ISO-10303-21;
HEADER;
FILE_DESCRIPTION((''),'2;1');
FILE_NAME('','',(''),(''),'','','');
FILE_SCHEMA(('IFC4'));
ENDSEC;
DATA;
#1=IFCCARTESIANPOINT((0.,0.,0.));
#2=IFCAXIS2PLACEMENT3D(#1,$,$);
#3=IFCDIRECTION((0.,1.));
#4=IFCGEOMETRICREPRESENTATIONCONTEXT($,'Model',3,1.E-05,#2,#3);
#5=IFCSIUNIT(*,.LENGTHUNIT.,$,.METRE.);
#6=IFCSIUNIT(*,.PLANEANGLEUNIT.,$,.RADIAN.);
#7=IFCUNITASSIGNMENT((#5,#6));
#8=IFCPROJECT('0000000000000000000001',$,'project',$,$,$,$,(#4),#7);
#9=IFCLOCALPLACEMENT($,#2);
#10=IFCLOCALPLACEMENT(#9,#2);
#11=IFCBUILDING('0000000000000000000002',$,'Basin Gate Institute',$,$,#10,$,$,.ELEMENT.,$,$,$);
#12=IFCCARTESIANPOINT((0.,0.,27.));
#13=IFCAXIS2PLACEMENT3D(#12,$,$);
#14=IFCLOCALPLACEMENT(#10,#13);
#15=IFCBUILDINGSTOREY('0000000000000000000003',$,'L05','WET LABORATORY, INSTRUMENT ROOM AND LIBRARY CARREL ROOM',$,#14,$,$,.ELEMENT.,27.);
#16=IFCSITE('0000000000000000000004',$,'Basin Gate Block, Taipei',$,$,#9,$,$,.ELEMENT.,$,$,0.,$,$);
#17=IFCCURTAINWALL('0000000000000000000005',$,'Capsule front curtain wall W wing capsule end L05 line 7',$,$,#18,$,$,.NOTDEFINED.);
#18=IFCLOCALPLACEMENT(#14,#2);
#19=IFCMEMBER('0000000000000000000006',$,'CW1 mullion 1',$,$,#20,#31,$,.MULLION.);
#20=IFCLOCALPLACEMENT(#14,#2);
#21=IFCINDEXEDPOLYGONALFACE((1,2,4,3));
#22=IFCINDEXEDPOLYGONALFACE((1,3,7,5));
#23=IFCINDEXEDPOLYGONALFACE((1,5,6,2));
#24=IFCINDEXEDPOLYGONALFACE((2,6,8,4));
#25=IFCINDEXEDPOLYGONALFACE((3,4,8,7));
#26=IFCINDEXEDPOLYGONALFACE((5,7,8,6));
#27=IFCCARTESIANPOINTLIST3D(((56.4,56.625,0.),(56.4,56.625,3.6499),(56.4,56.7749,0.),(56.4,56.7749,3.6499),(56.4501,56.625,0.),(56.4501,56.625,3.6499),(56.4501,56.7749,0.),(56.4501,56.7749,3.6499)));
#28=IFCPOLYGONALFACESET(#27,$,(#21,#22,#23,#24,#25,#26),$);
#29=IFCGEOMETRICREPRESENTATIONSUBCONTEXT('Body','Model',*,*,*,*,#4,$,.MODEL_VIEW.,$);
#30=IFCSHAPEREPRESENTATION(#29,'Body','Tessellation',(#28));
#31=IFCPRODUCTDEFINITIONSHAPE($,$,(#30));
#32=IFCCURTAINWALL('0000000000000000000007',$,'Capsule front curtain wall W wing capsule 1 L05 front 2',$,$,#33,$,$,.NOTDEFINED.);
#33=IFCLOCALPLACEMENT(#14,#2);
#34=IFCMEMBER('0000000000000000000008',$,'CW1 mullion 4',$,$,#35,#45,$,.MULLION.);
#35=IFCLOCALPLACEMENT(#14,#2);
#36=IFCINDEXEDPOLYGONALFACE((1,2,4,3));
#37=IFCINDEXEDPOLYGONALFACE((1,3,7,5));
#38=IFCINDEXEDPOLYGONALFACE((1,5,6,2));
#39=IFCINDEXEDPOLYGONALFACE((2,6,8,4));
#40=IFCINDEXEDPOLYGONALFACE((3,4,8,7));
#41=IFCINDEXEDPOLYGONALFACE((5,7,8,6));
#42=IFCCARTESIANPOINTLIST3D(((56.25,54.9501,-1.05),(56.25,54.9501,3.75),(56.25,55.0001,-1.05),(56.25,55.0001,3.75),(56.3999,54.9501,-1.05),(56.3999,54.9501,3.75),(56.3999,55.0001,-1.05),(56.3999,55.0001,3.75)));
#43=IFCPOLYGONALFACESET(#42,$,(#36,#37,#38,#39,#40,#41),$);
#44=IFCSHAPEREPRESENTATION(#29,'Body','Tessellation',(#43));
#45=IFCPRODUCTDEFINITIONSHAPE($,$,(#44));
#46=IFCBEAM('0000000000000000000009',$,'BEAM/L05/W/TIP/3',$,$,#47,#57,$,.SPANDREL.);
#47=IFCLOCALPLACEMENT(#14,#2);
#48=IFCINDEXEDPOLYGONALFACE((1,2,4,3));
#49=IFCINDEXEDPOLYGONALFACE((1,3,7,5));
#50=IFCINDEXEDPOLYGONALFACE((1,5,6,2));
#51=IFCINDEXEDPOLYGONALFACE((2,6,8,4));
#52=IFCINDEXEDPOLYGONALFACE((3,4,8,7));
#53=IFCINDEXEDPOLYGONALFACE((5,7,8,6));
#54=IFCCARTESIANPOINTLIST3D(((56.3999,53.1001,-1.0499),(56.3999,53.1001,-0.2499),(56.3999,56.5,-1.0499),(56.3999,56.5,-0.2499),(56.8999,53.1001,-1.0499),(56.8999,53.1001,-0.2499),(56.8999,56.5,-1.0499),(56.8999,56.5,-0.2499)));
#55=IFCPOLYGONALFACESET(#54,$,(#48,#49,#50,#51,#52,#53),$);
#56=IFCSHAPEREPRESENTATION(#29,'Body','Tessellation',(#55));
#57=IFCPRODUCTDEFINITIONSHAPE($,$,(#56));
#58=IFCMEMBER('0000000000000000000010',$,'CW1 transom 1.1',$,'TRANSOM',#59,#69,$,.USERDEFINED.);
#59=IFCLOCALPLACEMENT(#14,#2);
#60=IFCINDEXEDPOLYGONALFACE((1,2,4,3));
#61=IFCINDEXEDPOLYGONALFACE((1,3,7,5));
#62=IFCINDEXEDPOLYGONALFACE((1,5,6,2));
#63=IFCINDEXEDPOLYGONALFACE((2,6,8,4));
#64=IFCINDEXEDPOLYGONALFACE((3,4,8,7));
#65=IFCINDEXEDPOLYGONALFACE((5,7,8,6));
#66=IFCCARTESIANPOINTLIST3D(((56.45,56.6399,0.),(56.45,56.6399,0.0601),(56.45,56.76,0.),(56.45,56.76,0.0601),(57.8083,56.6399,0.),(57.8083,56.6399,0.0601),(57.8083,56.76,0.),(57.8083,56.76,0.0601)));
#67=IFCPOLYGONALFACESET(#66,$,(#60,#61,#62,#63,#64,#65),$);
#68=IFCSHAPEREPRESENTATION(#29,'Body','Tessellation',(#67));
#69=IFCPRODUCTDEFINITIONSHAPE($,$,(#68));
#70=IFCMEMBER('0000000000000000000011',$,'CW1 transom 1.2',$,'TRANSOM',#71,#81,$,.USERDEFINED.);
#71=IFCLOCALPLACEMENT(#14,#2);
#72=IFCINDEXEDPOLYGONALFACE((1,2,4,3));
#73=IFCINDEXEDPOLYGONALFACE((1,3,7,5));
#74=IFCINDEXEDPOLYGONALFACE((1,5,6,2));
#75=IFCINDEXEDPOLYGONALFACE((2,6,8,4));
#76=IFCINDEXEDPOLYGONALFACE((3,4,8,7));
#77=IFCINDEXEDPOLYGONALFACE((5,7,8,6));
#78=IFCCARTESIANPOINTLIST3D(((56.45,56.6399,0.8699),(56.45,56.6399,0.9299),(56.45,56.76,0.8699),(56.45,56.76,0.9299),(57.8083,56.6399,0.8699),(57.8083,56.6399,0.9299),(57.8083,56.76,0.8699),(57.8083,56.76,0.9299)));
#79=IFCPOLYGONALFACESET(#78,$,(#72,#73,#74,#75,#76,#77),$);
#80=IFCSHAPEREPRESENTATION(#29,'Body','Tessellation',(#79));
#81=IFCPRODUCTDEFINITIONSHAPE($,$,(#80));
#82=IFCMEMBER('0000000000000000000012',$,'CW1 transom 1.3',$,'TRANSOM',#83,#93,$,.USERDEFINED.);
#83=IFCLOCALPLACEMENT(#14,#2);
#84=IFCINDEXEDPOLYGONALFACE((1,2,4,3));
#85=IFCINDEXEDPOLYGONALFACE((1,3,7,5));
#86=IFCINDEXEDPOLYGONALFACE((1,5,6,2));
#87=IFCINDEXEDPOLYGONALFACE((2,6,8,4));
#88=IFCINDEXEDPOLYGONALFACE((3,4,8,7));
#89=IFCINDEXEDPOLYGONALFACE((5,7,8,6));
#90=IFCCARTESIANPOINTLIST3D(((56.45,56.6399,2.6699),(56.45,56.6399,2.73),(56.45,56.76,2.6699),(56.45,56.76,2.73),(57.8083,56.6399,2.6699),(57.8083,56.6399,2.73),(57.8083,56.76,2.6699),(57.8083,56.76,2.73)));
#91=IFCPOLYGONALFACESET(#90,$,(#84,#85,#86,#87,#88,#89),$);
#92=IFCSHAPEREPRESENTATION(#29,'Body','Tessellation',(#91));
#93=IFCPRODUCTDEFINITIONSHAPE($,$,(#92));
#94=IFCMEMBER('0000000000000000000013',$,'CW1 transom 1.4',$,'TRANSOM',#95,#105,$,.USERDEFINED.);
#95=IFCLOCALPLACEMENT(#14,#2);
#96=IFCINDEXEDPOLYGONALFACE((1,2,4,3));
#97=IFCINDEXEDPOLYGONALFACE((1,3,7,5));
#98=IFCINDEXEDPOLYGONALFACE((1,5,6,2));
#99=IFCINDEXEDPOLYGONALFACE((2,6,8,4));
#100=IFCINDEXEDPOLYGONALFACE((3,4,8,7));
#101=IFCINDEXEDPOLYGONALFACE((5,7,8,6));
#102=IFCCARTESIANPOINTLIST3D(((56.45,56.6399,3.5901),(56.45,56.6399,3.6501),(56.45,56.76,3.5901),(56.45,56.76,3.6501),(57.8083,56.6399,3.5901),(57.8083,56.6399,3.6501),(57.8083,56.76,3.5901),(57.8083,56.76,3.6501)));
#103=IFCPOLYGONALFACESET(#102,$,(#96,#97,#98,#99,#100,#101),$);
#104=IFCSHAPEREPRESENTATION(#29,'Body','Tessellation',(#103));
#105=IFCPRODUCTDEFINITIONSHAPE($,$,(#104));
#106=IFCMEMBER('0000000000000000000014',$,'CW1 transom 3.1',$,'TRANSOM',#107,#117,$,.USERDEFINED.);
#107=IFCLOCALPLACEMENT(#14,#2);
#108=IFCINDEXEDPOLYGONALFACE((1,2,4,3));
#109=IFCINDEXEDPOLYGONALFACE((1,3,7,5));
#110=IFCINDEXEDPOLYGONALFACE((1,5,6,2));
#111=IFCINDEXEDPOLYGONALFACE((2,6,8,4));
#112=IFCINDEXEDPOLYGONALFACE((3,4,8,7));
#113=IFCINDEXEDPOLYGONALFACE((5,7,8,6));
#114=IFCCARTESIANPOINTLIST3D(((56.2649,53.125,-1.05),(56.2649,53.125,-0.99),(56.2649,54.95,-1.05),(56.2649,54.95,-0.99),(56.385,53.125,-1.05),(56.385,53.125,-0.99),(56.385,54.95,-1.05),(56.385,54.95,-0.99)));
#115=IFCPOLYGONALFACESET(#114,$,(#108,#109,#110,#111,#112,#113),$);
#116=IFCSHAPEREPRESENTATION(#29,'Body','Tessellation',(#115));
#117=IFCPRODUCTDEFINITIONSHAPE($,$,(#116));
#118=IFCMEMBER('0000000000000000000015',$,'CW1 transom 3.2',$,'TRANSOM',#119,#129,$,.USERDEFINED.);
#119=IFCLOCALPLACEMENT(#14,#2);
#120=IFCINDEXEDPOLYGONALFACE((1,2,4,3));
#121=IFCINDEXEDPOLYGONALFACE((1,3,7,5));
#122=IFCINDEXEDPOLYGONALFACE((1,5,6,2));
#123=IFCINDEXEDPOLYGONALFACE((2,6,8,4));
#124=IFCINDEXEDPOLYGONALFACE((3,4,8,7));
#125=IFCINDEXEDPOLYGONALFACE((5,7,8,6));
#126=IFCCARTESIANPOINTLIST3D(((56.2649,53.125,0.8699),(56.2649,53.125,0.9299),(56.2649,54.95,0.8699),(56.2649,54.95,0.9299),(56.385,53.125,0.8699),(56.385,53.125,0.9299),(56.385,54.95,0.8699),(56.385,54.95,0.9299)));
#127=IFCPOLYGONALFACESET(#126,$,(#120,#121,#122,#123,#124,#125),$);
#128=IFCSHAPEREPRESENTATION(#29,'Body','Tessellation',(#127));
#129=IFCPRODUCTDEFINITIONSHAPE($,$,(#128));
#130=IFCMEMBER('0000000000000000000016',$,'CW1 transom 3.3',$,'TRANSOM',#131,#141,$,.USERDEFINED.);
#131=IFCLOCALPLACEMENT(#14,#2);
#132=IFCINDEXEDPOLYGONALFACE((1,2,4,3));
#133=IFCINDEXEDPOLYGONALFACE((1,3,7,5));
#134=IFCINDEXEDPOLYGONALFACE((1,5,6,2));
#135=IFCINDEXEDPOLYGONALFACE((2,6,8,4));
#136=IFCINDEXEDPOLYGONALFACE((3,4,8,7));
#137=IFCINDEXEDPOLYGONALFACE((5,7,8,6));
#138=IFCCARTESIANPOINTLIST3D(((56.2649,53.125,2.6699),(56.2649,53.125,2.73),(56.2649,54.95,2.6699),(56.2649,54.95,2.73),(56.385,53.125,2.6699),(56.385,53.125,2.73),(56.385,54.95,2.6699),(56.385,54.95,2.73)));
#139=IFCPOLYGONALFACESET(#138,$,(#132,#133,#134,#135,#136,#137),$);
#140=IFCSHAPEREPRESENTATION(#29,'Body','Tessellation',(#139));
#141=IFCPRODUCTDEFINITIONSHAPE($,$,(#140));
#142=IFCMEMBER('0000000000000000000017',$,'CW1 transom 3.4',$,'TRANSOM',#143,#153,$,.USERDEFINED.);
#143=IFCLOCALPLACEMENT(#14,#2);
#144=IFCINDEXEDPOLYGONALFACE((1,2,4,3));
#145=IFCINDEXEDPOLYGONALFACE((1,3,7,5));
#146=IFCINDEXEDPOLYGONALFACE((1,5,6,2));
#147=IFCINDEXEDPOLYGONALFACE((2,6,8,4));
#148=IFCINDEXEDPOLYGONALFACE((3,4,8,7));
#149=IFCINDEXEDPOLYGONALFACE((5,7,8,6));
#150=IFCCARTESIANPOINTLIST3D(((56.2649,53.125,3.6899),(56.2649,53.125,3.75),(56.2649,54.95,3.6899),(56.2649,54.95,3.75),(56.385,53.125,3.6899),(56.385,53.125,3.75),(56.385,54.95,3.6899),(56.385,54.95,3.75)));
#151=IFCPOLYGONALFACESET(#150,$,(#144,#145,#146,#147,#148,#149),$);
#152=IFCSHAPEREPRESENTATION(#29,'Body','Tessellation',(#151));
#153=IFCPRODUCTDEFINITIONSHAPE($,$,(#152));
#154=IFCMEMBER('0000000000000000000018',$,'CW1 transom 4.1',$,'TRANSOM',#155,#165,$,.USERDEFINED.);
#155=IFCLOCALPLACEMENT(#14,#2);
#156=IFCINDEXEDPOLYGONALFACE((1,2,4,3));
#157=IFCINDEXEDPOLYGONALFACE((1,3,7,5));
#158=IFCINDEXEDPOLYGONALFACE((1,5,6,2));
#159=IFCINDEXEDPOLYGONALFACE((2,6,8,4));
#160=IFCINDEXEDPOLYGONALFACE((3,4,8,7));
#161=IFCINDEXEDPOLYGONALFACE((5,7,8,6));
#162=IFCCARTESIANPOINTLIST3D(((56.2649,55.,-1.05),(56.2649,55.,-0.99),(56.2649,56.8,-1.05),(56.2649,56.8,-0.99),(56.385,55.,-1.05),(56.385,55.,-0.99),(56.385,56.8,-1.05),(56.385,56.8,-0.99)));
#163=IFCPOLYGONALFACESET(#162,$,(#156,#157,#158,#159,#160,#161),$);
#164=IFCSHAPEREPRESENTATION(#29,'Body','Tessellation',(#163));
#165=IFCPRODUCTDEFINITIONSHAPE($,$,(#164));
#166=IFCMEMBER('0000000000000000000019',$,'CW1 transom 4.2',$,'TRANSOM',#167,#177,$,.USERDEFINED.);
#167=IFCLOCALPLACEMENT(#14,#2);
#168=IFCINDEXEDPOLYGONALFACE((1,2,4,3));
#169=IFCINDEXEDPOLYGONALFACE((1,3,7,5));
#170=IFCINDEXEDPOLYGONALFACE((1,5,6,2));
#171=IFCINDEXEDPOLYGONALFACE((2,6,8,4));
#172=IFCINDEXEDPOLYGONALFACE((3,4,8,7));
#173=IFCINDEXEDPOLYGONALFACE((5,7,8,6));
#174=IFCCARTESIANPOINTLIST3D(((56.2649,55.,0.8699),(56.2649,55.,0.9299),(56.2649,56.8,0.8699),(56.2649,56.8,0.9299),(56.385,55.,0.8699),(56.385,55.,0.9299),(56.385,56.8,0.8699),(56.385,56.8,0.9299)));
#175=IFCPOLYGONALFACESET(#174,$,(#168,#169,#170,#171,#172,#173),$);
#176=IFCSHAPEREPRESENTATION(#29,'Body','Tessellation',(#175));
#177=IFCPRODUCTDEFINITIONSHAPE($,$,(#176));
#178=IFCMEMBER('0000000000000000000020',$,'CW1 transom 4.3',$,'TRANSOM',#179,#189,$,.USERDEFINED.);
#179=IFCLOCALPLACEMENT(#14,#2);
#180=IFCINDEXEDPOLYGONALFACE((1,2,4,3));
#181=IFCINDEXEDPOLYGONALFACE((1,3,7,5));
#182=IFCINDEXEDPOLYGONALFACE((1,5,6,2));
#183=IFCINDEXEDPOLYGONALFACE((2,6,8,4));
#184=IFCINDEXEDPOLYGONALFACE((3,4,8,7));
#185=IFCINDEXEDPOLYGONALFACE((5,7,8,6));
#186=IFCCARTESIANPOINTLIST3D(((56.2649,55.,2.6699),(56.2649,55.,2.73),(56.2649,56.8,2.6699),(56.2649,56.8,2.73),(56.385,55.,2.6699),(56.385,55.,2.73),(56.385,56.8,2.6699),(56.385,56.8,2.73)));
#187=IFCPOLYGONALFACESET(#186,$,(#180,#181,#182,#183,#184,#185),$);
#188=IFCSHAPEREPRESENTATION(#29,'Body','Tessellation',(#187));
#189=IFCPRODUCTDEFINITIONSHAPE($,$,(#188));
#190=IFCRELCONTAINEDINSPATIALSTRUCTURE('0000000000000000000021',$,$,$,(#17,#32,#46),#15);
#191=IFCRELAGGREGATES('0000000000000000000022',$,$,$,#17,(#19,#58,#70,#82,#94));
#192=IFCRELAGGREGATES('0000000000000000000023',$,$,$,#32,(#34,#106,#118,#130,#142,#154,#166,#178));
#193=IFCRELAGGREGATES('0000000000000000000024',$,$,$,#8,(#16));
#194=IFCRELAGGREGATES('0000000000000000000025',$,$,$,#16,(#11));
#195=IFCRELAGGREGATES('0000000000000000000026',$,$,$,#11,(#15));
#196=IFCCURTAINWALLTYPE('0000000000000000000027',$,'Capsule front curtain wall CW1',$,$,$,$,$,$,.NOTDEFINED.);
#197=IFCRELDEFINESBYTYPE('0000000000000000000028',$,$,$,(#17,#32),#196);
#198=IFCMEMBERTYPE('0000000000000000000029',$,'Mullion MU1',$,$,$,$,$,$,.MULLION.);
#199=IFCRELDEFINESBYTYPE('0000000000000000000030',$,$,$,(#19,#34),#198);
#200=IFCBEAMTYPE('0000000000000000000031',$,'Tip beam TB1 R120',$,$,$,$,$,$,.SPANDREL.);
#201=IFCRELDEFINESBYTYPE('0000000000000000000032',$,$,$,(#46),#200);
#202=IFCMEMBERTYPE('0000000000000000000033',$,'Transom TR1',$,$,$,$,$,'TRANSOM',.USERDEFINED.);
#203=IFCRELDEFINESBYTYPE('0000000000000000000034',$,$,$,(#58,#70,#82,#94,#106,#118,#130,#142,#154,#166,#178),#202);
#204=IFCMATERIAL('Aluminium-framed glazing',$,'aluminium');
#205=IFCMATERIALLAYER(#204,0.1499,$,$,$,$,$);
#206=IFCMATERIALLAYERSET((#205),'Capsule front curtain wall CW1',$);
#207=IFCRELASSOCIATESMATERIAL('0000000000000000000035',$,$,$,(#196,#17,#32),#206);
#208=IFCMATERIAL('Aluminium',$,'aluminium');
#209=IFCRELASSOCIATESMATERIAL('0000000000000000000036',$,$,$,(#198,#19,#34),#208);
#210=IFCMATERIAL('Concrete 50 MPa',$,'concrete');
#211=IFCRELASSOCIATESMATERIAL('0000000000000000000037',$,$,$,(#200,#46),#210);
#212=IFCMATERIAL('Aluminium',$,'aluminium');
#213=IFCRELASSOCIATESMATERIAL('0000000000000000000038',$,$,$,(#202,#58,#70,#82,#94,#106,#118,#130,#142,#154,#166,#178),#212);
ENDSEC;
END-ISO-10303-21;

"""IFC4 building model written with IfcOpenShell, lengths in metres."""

from ifc_helpers import new_model, si_unit, direction, frame, origin, origin_2d, place, context, subcontext, project, spatial, rectangle, extrude, material, layer, layer_set, material_profile, profile_set, type_object, element, aggregate, save


model = new_model("IFC4")

# Units and contexts
model_context = context("Model", 3, precision=1e-05, world=origin(), true_north=direction((0.0, 1.0)))
body_context = subcontext(model_context, "Body", "Model", "MODEL_VIEW")
ifc_project = project(units=[si_unit("LENGTHUNIT", "METRE"), si_unit("PLANEANGLEUNIT", "RADIAN")], contexts=[model_context])

# Site, building, storey
site_placement = place(None, origin())
site = spatial("IfcSite", under=ifc_project, at=site_placement, Name="Basin Gate Block, Taipei", CompositionType="ELEMENT", RefElevation=0.0)
building_placement = place(site_placement, origin())
building = spatial("IfcBuilding", under=site, at=building_placement, Name="Basin Gate Institute", CompositionType="ELEMENT")
storey_placement = place(building_placement, frame((0.0, 0.0, 27.0)))
storey = spatial("IfcBuildingStorey", under=building, at=storey_placement, Name="L05", Description="WET LABORATORY, INSTRUMENT ROOM AND LIBRARY CARREL ROOM", CompositionType="ELEMENT", Elevation=27.0)

# Curtain walls, members
ifc_material_1 = material(Name="Aluminium-framed glazing", Category="aluminium")
ifc_layer_1 = layer(ifc_material_1, 0.1499)
ifc_layer_set_1 = layer_set([ifc_layer_1], Name="Capsule front curtain wall CW1")
curtain_wall_type = type_object("IfcCurtainWallType", Name="Capsule front curtain wall CW1", PredefinedType="NOTDEFINED", material=ifc_layer_set_1)
curtain_wall_1_placement = place(storey_placement, origin())
curtain_wall_1 = element("IfcCurtainWall", 1, at=curtain_wall_1_placement, inside=storey, type_object=curtain_wall_type, material=ifc_layer_set_1, Name="Capsule front curtain wall W wing capsule end L05 line 7", PredefinedType="NOTDEFINED")
ifc_material_2 = material(Name="Aluminium", Category="aluminium")
ifc_material_profile_1 = material_profile(ifc_material_2, rectangle(XDim=0.1499, YDim=0.05, at=origin_2d()), Name="Mullion MU1 150 x 50")
ifc_profile_set_1 = profile_set([ifc_material_profile_1], Name="Aluminium")
member_type_1 = type_object("IfcMemberType", Name="Mullion MU1", PredefinedType="MULLION", material=ifc_profile_set_1)
member_1_placement = place(storey_placement, frame((56.425, 56.7, 0.0), z_axis=(0.0, 0.0, 1.0), x_axis=(0.0, 1.0, 0.0)))
member_1 = element("IfcMember", 2, at=member_1_placement, type_object=member_type_1, material=ifc_profile_set_1, Name="CW1 mullion 1", PredefinedType="MULLION", context=body_context, shape_type="SweptSolid", body=[
    extrude(rectangle(XDim=0.1499, YDim=0.05, at=origin_2d()), origin(), (0.0, 0.0, 1.0), 3.6499),
])
curtain_wall_2_placement = place(storey_placement, origin())
curtain_wall_2 = element("IfcCurtainWall", 3, at=curtain_wall_2_placement, inside=storey, type_object=curtain_wall_type, material=ifc_layer_set_1, Name="Capsule front curtain wall W wing capsule 1 L05 front 2", PredefinedType="NOTDEFINED")
member_2_placement = place(storey_placement, frame((56.325, 54.9751, -1.05), z_axis=(0.0, 0.0, 1.0), x_axis=(-1.0, 0.0, 0.0)))
member_2 = element("IfcMember", 4, at=member_2_placement, type_object=member_type_1, material=ifc_profile_set_1, Name="CW1 mullion 4", PredefinedType="MULLION", context=body_context, shape_type="SweptSolid", body=[
    extrude(rectangle(XDim=0.1499, YDim=0.05, at=origin_2d()), origin(), (0.0, 0.0, 1.0), 4.8),
])

# Beam
ifc_material_3 = material(Name="Concrete 50 MPa", Category="concrete")
ifc_material_profile_2 = material_profile(ifc_material_3, rectangle(XDim=0.5, YDim=0.8, at=origin_2d()), Name="Tip beam TB1 500 x 800")
ifc_profile_set_2 = profile_set([ifc_material_profile_2], Name="Concrete 50 MPa")
beam_type = type_object("IfcBeamType", Name="Tip beam TB1 R120", PredefinedType="SPANDREL", material=ifc_profile_set_2)
beam_placement = place(storey_placement, frame((56.6499, 53.1001, -0.6499), z_axis=(0.0, 1.0, 0.0), x_axis=(-1.0, 0.0, 0.0)))
element("IfcBeam", 5, at=beam_placement, inside=storey, type_object=beam_type, material=ifc_profile_set_2, Name="BEAM/L05/W/TIP/3", PredefinedType="SPANDREL", context=body_context, shape_type="SweptSolid", body=[
    extrude(rectangle(XDim=0.5, YDim=0.8, at=origin_2d()), origin(), (0.0, 0.0, 1.0), 3.3999),
])

# Members
ifc_material_4 = material(Name="Aluminium", Category="aluminium")
ifc_material_profile_3 = material_profile(ifc_material_4, rectangle(XDim=0.1201, YDim=0.0601, at=origin_2d()), Name="Transom TR1 120 x 60")
ifc_profile_set_3 = profile_set([ifc_material_profile_3], Name="Aluminium")
member_type_2 = type_object("IfcMemberType", Name="Transom TR1", ElementType="TRANSOM", PredefinedType="USERDEFINED", material=ifc_profile_set_3)
member_3_placement = place(storey_placement, frame((56.45, 56.7, 0.03), z_axis=(1.0, 0.0, 0.0), x_axis=(0.0, 1.0, 0.0)))
member_3 = element("IfcMember", 6, at=member_3_placement, type_object=member_type_2, material=ifc_profile_set_3, Name="CW1 transom 1.1", ObjectType="TRANSOM", PredefinedType="USERDEFINED", context=body_context, shape_type="SweptSolid", body=[
    extrude(rectangle(XDim=0.1201, YDim=0.0601, at=origin_2d()), origin(), (0.0, 0.0, 1.0), 1.3584),
])
member_4_placement = place(storey_placement, frame((56.45, 56.7, 0.8999), z_axis=(1.0, 0.0, 0.0), x_axis=(0.0, 1.0, 0.0)))
member_4 = element("IfcMember", 7, at=member_4_placement, type_object=member_type_2, material=ifc_profile_set_3, Name="CW1 transom 1.2", ObjectType="TRANSOM", PredefinedType="USERDEFINED", context=body_context, shape_type="SweptSolid", body=[
    extrude(rectangle(XDim=0.1201, YDim=0.0601, at=origin_2d()), origin(), (0.0, 0.0, 1.0), 1.3584),
])
member_5_placement = place(storey_placement, frame((56.45, 56.7, 2.7), z_axis=(1.0, 0.0, 0.0), x_axis=(0.0, 1.0, 0.0)))
member_5 = element("IfcMember", 8, at=member_5_placement, type_object=member_type_2, material=ifc_profile_set_3, Name="CW1 transom 1.3", ObjectType="TRANSOM", PredefinedType="USERDEFINED", context=body_context, shape_type="SweptSolid", body=[
    extrude(rectangle(XDim=0.1201, YDim=0.0601, at=origin_2d()), origin(), (0.0, 0.0, 1.0), 1.3584),
])
member_6_placement = place(storey_placement, frame((56.45, 56.7, 3.6201), z_axis=(1.0, 0.0, 0.0), x_axis=(0.0, 1.0, 0.0)))
member_6 = element("IfcMember", 9, at=member_6_placement, type_object=member_type_2, material=ifc_profile_set_3, Name="CW1 transom 1.4", ObjectType="TRANSOM", PredefinedType="USERDEFINED", context=body_context, shape_type="SweptSolid", body=[
    extrude(rectangle(XDim=0.1201, YDim=0.0601, at=origin_2d()), origin(), (0.0, 0.0, 1.0), 1.3584),
])
aggregate(curtain_wall_1, [member_1, member_3, member_4, member_5, member_6])
member_7_placement = place(storey_placement, frame((56.325, 53.125, -1.02), z_axis=(0.0, 1.0, 0.0), x_axis=(-1.0, 0.0, 0.0)))
member_7 = element("IfcMember", 10, at=member_7_placement, type_object=member_type_2, material=ifc_profile_set_3, Name="CW1 transom 3.1", ObjectType="TRANSOM", PredefinedType="USERDEFINED", context=body_context, shape_type="SweptSolid", body=[
    extrude(rectangle(XDim=0.1201, YDim=0.0601, at=origin_2d()), origin(), (0.0, 0.0, 1.0), 1.825),
])
member_8_placement = place(storey_placement, frame((56.325, 53.125, 0.8999), z_axis=(0.0, 1.0, 0.0), x_axis=(-1.0, 0.0, 0.0)))
member_8 = element("IfcMember", 11, at=member_8_placement, type_object=member_type_2, material=ifc_profile_set_3, Name="CW1 transom 3.2", ObjectType="TRANSOM", PredefinedType="USERDEFINED", context=body_context, shape_type="SweptSolid", body=[
    extrude(rectangle(XDim=0.1201, YDim=0.0601, at=origin_2d()), origin(), (0.0, 0.0, 1.0), 1.825),
])
member_9_placement = place(storey_placement, frame((56.325, 53.125, 2.7), z_axis=(0.0, 1.0, 0.0), x_axis=(-1.0, 0.0, 0.0)))
member_9 = element("IfcMember", 12, at=member_9_placement, type_object=member_type_2, material=ifc_profile_set_3, Name="CW1 transom 3.3", ObjectType="TRANSOM", PredefinedType="USERDEFINED", context=body_context, shape_type="SweptSolid", body=[
    extrude(rectangle(XDim=0.1201, YDim=0.0601, at=origin_2d()), origin(), (0.0, 0.0, 1.0), 1.825),
])
member_10_placement = place(storey_placement, frame((56.325, 53.125, 3.72), z_axis=(0.0, 1.0, 0.0), x_axis=(-1.0, 0.0, 0.0)))
member_10 = element("IfcMember", 13, at=member_10_placement, type_object=member_type_2, material=ifc_profile_set_3, Name="CW1 transom 3.4", ObjectType="TRANSOM", PredefinedType="USERDEFINED", context=body_context, shape_type="SweptSolid", body=[
    extrude(rectangle(XDim=0.1201, YDim=0.0601, at=origin_2d()), origin(), (0.0, 0.0, 1.0), 1.825),
])
member_11_placement = place(storey_placement, frame((56.325, 55.0, -1.02), z_axis=(0.0, 1.0, 0.0), x_axis=(-1.0, 0.0, 0.0)))
member_11 = element("IfcMember", 14, at=member_11_placement, type_object=member_type_2, material=ifc_profile_set_3, Name="CW1 transom 4.1", ObjectType="TRANSOM", PredefinedType="USERDEFINED", context=body_context, shape_type="SweptSolid", body=[
    extrude(rectangle(XDim=0.1201, YDim=0.0601, at=origin_2d()), origin(), (0.0, 0.0, 1.0), 1.8),
])
member_12_placement = place(storey_placement, frame((56.325, 55.0, 0.8999), z_axis=(0.0, 1.0, 0.0), x_axis=(-1.0, 0.0, 0.0)))
member_12 = element("IfcMember", 15, at=member_12_placement, type_object=member_type_2, material=ifc_profile_set_3, Name="CW1 transom 4.2", ObjectType="TRANSOM", PredefinedType="USERDEFINED", context=body_context, shape_type="SweptSolid", body=[
    extrude(rectangle(XDim=0.1201, YDim=0.0601, at=origin_2d()), origin(), (0.0, 0.0, 1.0), 1.8),
])
member_13_placement = place(storey_placement, frame((56.325, 55.0, 2.7), z_axis=(0.0, 1.0, 0.0), x_axis=(-1.0, 0.0, 0.0)))
member_13 = element("IfcMember", 16, at=member_13_placement, type_object=member_type_2, material=ifc_profile_set_3, Name="CW1 transom 4.3", ObjectType="TRANSOM", PredefinedType="USERDEFINED", context=body_context, shape_type="SweptSolid", body=[
    extrude(rectangle(XDim=0.1201, YDim=0.0601, at=origin_2d()), origin(), (0.0, 0.0, 1.0), 1.8),
])

aggregate(curtain_wall_2, [member_2, member_7, member_8, member_9, member_10, member_11, member_12, member_13])

save(model, "model.ifc")
